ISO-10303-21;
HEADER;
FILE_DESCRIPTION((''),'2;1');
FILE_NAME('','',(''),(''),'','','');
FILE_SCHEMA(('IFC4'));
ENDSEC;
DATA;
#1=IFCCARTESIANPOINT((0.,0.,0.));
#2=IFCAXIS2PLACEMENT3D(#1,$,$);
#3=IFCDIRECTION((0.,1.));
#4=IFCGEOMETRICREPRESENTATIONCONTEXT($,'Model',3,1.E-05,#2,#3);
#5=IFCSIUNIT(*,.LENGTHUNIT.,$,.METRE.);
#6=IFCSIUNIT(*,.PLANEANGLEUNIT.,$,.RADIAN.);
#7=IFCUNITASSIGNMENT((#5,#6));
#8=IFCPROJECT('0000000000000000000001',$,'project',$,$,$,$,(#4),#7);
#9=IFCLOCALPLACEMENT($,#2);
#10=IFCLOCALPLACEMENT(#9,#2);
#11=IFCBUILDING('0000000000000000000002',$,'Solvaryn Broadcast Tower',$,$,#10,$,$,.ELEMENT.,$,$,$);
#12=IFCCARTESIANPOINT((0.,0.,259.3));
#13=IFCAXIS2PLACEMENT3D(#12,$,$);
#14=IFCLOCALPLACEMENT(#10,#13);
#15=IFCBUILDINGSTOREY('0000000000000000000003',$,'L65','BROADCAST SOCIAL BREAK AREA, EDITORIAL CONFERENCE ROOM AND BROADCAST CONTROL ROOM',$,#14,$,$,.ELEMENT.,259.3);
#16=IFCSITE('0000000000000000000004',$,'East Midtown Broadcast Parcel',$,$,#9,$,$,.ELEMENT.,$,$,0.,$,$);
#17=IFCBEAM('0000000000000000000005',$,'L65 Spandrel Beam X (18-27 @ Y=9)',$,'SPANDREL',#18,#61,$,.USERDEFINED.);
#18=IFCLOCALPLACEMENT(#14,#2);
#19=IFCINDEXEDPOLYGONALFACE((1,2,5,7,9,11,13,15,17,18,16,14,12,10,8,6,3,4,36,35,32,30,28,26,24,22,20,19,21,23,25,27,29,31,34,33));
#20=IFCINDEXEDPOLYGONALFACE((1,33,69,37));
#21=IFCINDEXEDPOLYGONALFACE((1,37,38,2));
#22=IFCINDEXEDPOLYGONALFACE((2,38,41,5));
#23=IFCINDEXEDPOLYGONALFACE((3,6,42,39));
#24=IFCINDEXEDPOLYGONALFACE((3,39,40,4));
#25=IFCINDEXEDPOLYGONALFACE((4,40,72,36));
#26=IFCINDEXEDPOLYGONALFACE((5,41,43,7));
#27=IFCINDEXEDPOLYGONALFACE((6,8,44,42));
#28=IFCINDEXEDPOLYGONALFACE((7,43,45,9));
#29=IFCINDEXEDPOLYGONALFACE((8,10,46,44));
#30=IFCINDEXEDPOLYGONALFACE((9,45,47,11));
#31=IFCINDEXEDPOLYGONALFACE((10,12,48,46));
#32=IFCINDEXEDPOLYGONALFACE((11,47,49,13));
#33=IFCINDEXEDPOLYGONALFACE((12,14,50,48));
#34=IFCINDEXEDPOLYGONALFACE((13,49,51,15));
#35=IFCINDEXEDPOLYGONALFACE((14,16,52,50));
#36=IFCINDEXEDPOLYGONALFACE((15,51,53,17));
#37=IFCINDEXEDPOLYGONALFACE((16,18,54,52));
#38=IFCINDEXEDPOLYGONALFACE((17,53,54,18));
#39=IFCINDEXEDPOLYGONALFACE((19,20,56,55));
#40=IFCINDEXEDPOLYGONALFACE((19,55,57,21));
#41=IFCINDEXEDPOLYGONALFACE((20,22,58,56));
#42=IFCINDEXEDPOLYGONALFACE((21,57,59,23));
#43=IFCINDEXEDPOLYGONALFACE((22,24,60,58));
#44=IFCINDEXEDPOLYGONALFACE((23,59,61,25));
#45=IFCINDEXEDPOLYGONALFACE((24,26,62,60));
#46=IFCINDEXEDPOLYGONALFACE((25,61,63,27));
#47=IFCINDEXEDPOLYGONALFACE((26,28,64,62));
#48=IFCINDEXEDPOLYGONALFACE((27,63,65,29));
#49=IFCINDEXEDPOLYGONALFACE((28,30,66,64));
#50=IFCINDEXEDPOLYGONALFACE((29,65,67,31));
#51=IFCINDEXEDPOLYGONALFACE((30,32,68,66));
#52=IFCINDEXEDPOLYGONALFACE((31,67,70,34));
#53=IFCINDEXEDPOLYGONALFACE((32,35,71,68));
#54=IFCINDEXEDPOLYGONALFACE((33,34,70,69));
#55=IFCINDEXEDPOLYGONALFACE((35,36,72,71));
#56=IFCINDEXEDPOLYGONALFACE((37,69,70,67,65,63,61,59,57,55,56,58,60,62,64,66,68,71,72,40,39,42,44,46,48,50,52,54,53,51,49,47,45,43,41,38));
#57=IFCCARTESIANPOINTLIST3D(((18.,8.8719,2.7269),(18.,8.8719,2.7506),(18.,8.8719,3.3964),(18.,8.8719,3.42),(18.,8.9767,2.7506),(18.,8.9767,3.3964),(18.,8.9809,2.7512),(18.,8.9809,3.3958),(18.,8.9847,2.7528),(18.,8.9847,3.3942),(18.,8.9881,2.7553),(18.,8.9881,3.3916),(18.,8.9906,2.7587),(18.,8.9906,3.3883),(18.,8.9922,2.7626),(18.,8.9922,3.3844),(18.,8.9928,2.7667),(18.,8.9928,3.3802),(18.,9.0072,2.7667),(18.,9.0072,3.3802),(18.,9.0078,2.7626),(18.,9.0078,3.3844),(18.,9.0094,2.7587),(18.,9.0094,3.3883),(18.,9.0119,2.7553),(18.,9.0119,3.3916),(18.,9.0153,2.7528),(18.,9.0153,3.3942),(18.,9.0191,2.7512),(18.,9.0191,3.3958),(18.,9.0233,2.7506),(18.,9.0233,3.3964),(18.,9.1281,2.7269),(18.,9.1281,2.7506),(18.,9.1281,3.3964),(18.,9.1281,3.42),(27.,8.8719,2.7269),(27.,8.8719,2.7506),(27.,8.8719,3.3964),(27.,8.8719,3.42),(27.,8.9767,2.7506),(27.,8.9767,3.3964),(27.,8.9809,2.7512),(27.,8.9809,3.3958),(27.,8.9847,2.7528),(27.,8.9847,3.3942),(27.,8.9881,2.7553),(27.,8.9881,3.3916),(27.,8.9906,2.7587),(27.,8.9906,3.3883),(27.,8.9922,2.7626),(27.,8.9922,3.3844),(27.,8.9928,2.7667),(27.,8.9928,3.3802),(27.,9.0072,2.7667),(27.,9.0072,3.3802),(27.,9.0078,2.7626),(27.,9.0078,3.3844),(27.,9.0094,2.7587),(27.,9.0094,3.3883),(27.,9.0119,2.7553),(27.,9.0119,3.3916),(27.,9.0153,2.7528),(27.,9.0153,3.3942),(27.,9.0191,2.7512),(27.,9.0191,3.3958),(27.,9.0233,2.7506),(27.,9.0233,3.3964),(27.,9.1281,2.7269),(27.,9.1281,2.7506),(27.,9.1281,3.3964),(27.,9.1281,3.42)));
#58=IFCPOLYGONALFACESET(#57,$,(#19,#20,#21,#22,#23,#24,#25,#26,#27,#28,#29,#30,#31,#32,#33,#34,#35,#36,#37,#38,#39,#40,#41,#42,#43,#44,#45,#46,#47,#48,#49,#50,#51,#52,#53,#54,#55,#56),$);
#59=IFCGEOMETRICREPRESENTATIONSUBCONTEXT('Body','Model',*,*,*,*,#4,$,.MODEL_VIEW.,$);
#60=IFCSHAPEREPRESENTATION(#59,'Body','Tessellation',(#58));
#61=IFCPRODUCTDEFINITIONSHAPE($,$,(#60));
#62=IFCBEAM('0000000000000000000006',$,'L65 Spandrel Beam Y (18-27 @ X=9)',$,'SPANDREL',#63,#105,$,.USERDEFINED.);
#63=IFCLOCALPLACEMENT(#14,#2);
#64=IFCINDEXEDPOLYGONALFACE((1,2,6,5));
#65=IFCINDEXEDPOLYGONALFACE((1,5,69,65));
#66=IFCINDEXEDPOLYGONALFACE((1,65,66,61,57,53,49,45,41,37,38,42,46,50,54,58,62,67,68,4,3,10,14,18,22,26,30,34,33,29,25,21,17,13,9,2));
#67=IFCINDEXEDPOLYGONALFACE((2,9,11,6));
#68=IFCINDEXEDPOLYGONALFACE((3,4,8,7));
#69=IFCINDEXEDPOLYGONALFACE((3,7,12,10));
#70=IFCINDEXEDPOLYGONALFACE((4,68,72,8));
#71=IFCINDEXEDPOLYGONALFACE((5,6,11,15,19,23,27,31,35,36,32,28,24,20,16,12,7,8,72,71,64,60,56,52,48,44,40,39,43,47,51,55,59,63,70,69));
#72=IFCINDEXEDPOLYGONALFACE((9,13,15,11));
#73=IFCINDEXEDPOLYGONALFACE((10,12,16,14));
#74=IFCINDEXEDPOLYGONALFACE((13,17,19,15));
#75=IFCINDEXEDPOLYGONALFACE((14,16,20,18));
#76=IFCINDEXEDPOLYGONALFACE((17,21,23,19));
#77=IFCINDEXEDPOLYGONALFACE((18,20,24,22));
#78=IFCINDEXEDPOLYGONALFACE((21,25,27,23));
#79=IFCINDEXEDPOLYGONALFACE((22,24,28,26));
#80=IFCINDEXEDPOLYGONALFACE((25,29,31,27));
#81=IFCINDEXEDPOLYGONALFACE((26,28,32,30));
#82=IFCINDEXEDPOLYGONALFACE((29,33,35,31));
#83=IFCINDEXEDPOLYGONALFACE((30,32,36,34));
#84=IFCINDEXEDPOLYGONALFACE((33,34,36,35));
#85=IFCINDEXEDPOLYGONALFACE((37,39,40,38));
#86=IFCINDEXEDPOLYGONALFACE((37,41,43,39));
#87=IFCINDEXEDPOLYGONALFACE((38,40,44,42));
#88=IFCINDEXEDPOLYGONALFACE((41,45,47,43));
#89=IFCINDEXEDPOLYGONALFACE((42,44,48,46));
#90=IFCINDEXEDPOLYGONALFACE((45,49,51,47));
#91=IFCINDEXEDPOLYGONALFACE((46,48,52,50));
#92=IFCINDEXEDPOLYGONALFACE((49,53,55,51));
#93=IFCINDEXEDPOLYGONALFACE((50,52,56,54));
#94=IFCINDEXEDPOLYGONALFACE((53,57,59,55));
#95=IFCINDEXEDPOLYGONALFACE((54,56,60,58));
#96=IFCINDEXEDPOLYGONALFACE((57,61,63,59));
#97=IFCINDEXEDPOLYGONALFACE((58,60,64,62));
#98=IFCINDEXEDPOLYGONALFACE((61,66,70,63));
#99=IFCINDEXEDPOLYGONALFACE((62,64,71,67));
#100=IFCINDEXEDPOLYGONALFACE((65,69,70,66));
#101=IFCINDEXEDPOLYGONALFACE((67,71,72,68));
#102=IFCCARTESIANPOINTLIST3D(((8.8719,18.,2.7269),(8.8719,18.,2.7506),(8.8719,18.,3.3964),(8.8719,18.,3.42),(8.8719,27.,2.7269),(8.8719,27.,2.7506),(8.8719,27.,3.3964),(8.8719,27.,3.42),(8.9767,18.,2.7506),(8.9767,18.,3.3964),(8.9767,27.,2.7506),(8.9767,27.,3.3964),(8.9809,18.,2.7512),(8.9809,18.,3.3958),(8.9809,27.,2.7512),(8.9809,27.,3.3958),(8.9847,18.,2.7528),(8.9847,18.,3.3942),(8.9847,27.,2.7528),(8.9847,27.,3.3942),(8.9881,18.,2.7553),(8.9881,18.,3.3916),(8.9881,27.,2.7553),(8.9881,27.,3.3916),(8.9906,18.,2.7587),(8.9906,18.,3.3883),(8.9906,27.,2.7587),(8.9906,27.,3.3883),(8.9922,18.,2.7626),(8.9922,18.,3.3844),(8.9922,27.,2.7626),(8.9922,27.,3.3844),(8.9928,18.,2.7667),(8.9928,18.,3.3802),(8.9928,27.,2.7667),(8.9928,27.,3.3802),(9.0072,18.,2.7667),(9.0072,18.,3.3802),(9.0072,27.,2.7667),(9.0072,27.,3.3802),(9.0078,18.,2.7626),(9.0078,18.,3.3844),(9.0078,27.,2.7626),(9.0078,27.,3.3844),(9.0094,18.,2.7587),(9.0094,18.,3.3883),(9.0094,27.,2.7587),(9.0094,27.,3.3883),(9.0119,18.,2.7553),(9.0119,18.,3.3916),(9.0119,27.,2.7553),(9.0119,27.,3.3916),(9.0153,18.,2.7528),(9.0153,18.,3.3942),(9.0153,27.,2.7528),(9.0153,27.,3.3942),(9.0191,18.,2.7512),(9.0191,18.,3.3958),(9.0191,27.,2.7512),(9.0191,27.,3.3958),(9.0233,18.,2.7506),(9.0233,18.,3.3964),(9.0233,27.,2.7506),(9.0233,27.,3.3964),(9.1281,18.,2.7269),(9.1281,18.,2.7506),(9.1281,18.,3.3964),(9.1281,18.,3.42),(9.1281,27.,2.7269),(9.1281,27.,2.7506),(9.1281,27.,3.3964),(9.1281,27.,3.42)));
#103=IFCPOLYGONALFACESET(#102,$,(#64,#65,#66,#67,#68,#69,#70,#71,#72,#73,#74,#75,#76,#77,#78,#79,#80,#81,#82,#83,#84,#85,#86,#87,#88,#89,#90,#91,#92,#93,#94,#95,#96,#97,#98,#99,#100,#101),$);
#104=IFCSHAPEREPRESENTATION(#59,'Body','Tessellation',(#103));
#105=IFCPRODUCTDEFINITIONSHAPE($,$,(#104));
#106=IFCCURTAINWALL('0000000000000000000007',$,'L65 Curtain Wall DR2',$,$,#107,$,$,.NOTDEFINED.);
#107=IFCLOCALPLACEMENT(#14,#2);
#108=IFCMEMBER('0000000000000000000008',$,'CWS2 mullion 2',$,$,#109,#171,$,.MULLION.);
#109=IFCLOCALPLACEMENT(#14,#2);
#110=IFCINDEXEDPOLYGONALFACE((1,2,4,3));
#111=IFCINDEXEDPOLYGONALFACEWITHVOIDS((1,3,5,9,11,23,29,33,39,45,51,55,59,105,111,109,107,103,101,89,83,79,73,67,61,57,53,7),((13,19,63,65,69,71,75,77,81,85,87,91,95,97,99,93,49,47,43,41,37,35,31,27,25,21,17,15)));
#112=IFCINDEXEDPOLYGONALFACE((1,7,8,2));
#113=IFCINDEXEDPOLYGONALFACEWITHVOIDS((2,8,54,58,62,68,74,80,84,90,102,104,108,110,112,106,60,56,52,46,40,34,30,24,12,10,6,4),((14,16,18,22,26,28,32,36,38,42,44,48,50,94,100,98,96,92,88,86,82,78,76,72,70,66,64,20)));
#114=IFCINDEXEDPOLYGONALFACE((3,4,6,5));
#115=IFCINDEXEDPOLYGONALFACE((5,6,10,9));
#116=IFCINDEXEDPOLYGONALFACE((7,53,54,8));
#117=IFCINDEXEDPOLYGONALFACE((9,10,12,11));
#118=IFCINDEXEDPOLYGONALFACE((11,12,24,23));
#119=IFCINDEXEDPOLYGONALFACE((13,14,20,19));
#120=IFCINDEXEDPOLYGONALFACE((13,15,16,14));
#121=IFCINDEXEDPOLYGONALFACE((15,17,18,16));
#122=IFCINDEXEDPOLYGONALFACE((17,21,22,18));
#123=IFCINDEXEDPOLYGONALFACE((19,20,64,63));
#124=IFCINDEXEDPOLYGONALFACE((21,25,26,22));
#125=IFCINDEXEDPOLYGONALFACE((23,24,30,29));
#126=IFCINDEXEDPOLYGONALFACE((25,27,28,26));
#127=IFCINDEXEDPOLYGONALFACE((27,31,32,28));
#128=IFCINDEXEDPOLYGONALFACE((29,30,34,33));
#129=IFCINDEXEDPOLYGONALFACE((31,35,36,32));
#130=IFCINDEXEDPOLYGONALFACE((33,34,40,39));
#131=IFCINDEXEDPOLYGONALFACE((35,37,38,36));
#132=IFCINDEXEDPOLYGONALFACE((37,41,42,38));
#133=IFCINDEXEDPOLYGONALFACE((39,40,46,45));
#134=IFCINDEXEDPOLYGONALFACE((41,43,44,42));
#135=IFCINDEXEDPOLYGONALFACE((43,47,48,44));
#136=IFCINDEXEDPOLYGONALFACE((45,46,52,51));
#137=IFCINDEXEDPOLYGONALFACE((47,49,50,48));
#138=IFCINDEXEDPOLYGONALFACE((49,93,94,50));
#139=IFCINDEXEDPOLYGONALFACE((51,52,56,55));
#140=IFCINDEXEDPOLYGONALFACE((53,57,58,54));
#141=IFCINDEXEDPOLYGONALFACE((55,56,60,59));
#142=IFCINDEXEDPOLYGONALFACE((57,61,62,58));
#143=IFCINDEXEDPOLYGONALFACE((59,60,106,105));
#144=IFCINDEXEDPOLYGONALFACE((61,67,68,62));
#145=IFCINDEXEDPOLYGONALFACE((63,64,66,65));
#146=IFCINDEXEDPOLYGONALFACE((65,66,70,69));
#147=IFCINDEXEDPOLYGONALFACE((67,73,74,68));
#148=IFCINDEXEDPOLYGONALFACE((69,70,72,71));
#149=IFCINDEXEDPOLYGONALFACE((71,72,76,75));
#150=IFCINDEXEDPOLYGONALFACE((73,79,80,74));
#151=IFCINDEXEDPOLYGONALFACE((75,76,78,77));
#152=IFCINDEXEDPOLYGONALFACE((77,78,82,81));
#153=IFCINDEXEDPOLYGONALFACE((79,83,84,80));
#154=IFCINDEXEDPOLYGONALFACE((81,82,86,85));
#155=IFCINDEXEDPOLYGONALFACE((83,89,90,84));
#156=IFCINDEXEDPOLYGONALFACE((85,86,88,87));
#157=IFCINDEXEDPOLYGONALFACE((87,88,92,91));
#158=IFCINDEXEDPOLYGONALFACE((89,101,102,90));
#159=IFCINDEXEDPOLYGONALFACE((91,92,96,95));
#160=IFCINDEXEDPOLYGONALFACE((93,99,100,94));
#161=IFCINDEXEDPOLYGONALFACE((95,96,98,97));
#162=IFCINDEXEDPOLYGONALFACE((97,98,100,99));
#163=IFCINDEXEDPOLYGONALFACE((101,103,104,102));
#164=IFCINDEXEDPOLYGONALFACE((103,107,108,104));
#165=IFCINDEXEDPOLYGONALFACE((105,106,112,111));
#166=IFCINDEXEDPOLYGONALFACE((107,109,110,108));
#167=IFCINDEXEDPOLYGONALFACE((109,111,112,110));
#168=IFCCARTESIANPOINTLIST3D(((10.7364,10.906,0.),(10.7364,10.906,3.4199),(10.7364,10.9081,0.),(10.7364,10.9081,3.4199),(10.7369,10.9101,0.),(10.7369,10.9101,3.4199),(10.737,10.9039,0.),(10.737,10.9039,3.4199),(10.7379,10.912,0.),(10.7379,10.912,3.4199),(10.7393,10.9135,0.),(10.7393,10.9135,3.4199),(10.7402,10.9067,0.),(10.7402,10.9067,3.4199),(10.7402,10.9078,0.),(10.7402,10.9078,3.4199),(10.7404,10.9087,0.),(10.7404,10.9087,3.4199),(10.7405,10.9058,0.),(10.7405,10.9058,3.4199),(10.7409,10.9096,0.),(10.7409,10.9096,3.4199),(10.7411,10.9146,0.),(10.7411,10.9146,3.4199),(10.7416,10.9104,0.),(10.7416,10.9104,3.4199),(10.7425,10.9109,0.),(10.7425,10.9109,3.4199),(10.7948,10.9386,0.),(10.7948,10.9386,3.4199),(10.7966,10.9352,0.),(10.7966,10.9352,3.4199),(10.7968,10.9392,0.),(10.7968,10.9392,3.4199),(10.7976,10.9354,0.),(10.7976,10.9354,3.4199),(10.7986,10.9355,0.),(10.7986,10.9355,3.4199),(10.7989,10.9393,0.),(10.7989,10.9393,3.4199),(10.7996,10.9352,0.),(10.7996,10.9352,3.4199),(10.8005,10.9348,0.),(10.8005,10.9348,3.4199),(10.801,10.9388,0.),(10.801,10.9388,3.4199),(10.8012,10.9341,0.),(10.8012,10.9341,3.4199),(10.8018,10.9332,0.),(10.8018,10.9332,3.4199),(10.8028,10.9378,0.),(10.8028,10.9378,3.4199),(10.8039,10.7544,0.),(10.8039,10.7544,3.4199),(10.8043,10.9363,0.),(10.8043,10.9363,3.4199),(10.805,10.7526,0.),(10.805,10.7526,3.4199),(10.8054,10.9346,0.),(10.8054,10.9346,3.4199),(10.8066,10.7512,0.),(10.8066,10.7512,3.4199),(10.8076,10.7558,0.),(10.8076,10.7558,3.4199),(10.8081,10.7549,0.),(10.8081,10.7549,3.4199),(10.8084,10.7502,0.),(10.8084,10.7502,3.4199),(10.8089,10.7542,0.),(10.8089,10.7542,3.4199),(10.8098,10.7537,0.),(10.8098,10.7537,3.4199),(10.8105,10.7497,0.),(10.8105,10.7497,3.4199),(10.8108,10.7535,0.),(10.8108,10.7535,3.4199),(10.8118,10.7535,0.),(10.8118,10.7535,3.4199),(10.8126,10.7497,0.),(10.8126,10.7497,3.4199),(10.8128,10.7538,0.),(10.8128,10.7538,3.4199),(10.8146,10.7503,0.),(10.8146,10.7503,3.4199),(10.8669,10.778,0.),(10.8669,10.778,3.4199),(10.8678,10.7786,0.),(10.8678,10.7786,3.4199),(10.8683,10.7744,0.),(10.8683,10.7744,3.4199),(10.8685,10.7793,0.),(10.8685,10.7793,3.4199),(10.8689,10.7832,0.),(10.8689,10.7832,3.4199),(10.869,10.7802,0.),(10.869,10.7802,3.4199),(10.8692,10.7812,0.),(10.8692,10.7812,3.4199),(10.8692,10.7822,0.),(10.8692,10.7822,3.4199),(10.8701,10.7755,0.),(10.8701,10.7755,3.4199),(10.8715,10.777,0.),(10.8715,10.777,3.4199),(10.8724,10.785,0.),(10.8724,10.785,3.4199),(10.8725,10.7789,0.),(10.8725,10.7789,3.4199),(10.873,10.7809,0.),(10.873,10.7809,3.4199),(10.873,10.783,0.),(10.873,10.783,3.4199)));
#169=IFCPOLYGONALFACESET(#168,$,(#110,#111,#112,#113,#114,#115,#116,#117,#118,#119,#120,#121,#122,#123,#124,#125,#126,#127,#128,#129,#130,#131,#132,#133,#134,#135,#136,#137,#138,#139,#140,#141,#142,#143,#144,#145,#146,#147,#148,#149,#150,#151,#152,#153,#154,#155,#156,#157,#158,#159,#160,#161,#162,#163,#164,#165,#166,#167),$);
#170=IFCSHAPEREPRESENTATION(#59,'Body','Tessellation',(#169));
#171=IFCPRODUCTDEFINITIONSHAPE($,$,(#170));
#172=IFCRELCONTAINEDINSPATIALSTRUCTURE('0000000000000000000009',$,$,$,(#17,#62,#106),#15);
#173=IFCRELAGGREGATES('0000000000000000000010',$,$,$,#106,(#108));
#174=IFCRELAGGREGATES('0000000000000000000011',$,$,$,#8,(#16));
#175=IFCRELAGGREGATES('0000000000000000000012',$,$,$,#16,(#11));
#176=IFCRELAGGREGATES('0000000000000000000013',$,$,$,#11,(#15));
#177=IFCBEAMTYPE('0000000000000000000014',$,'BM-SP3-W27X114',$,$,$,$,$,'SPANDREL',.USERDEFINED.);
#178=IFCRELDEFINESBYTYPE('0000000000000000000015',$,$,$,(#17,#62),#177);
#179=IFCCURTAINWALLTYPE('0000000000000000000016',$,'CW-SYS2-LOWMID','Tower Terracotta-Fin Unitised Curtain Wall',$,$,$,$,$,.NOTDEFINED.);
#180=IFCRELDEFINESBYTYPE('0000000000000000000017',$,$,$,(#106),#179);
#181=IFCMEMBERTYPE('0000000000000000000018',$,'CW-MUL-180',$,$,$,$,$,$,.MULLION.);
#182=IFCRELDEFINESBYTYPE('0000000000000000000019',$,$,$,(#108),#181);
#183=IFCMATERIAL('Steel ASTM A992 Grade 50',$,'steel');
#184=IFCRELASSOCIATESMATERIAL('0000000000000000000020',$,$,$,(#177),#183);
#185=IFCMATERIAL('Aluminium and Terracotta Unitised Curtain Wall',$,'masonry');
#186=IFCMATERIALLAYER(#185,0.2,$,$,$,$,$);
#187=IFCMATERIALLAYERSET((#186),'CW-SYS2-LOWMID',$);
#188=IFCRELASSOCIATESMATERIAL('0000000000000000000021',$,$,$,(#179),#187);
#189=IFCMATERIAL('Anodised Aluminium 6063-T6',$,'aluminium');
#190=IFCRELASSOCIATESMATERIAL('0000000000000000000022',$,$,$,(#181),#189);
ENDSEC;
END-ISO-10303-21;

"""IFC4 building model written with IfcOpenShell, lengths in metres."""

from ifc_helpers import new_model, si_unit, direction, frame, origin, origin_2d, place, context, subcontext, project, spatial, hollow_rectangle, i_section, extrude, material, layer, layer_set, material_profile, profile_set, type_object, element, aggregate, save


model = new_model("IFC4")

# Units and contexts
model_context = context("Model", 3, precision=1e-05, world=origin(), true_north=direction((0.0, 1.0)))
body_context = subcontext(model_context, "Body", "Model", "MODEL_VIEW")
ifc_project = project(units=[si_unit("LENGTHUNIT", "METRE"), si_unit("PLANEANGLEUNIT", "RADIAN")], contexts=[model_context])

# Site, building, storey
site_placement = place(None, origin())
site = spatial("IfcSite", under=ifc_project, at=site_placement, Name="East Midtown Broadcast Parcel", CompositionType="ELEMENT", RefElevation=0.0)
building_placement = place(site_placement, origin())
building = spatial("IfcBuilding", under=site, at=building_placement, Name="Solvaryn Broadcast Tower", CompositionType="ELEMENT")
storey_placement = place(building_placement, frame((0.0, 0.0, 259.3)))
storey = spatial("IfcBuildingStorey", under=building, at=storey_placement, Name="L65", Description="BROADCAST SOCIAL BREAK AREA, EDITORIAL CONFERENCE ROOM AND BROADCAST CONTROL ROOM", CompositionType="ELEMENT", Elevation=259.3)

# Beams
ifc_material_1 = material(Name="Steel ASTM A992 Grade 50", Category="steel")
ifc_material_profile_1 = material_profile(ifc_material_1, i_section(OverallWidth=0.2561, OverallDepth=0.6931, WebThickness=0.0144, FlangeThickness=0.0237, FilletRadius=0.0161, at=origin_2d()))
ifc_profile_set_1 = profile_set([ifc_material_profile_1], Name="Steel ASTM A992 Grade 50")
beam_type_1 = type_object("IfcBeamType", Name="BM-SP3-W27X114", ElementType="SPANDREL", PredefinedType="USERDEFINED", material=ifc_profile_set_1)
for number, where, z_axis, x_axis, name in (
    (1, (18.0, 9.0, 3.0735), (1.0, 0.0, 0.0), (0.0, 1.0, 0.0), "L65 Spandrel Beam X (18-27 @ Y=9)"),
    (2, (9.0, 18.0, 3.0735), (0.0, 1.0, 0.0), (-1.0, 0.0, 0.0), "L65 Spandrel Beam Y (18-27 @ X=9)"),
):
    element("IfcBeam", number, at=place(storey_placement, frame(where, z_axis=z_axis, x_axis=x_axis)), inside=storey, type_object=beam_type_1, Name=name, ObjectType="SPANDREL", PredefinedType="USERDEFINED", context=body_context, shape_type="SweptSolid", body=[
        extrude(i_section(OverallWidth=0.2561, OverallDepth=0.6931, WebThickness=0.0144, FlangeThickness=0.0237, FilletRadius=0.0161, at=origin_2d()), origin(), (0.0, 0.0, 1.0), 9.0),
    ])

# Curtain wall, member
ifc_material_2 = material(Name="Aluminium and Terracotta Unitised Curtain Wall", Category="masonry")
ifc_layer_1 = layer(ifc_material_2, 0.2)
ifc_layer_set_1 = layer_set([ifc_layer_1], Name="CW-SYS2-LOWMID")
curtain_wall_type = type_object("IfcCurtainWallType", Name="CW-SYS2-LOWMID", Description="Tower Terracotta-Fin Unitised Curtain Wall", PredefinedType="NOTDEFINED", material=ifc_layer_set_1)
curtain_wall_1_placement = place(storey_placement, origin())
curtain_wall_1 = element("IfcCurtainWall", 3, at=curtain_wall_1_placement, inside=storey, type_object=curtain_wall_type, Name="L65 Curtain Wall DR2", PredefinedType="NOTDEFINED")
ifc_material_3 = material(Name="Anodised Aluminium 6063-T6", Category="aluminium")
ifc_material_profile_2 = material_profile(ifc_material_3, hollow_rectangle(XDim=0.075, YDim=0.1799, WallThickness=0.0039, InnerFilletRadius=0.0039, OuterFilletRadius=0.0081, at=origin_2d()))
ifc_profile_set_2 = profile_set([ifc_material_profile_2], Name="Anodised Aluminium 6063-T6")
member_type_1 = type_object("IfcMemberType", Name="CW-MUL-180", PredefinedType="MULLION", material=ifc_profile_set_2)
member_1_placement = place(storey_placement, frame((10.8047, 10.8445, 0.0), z_axis=(0.0, 0.0, 1.0), x_axis=(0.912774, 0.408466, 0.0)))
member_1 = element("IfcMember", 4, at=member_1_placement, type_object=member_type_1, Name="CWS2 mullion 2", PredefinedType="MULLION", context=body_context, shape_type="SweptSolid", body=[
    extrude(hollow_rectangle(XDim=0.075, YDim=0.1799, WallThickness=0.0039, InnerFilletRadius=0.0039, OuterFilletRadius=0.0081, at=origin_2d()), origin(), (0.0, 0.0, 1.0), 3.4199),
])
aggregate(curtain_wall_1, [member_1])

save(model, "model.ifc")
